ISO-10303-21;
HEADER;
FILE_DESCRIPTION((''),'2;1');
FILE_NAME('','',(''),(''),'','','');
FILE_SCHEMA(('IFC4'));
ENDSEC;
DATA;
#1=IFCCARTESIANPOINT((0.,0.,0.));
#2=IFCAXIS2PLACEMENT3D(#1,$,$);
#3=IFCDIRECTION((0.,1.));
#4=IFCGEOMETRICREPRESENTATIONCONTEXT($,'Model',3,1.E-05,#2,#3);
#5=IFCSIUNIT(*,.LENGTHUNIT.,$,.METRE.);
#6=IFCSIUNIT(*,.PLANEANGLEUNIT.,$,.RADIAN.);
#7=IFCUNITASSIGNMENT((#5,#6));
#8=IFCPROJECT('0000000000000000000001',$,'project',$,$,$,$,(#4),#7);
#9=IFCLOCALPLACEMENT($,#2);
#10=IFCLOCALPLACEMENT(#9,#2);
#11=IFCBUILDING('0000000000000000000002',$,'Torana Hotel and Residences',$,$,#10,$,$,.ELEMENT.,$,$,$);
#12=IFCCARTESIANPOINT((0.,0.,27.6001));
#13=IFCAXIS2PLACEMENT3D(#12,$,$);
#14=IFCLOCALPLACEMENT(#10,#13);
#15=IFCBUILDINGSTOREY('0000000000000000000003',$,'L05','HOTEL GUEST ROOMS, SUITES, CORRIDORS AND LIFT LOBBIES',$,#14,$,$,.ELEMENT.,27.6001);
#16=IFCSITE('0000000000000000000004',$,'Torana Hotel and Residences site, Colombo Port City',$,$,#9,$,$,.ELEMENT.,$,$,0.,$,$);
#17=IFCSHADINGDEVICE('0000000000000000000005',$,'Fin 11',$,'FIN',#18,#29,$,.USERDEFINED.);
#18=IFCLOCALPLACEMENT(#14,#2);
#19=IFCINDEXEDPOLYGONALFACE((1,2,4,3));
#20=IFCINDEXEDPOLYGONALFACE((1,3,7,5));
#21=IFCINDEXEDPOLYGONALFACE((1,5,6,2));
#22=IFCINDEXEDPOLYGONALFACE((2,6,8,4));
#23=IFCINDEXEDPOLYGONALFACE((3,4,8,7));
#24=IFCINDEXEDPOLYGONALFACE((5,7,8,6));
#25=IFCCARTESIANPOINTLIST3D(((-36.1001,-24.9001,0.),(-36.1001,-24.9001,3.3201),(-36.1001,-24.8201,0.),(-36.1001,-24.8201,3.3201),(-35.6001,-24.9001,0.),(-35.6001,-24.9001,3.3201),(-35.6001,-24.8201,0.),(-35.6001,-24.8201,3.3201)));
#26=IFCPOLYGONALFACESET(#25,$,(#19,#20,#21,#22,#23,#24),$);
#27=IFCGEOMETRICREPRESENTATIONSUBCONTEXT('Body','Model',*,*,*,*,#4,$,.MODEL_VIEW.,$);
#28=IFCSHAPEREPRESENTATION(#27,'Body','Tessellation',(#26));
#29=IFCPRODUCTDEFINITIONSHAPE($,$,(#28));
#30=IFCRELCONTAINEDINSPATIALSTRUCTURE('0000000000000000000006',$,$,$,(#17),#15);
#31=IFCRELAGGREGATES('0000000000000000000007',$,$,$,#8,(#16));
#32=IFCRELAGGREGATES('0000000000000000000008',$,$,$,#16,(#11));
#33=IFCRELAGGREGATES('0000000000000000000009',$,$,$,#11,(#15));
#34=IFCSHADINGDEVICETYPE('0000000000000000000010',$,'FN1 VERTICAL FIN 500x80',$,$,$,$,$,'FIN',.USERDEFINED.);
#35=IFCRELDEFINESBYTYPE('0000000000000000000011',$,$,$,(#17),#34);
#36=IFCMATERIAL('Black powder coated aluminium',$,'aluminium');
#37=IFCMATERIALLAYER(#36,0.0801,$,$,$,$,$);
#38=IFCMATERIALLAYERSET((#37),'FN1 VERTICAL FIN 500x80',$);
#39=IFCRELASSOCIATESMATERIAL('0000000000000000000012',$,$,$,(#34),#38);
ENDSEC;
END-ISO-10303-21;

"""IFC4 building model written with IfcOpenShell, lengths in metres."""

from ifc_helpers import new_model, si_unit, direction, frame, origin, origin_2d, place, context, subcontext, project, spatial, rectangle, extrude, material, layer, layer_set, type_object, element, save


model = new_model("IFC4")

# Units and contexts
model_context = context("Model", 3, precision=1e-05, world=origin(), true_north=direction((0.0, 1.0)))
body_context = subcontext(model_context, "Body", "Model", "MODEL_VIEW")
ifc_project = project(units=[si_unit("LENGTHUNIT", "METRE"), si_unit("PLANEANGLEUNIT", "RADIAN")], contexts=[model_context])

# Site, building, storey
site_placement = place(None, origin())
site = spatial("IfcSite", under=ifc_project, at=site_placement, Name="Torana Hotel and Residences site, Colombo Port City", CompositionType="ELEMENT", RefElevation=0.0)
building_placement = place(site_placement, origin())
building = spatial("IfcBuilding", under=site, at=building_placement, Name="Torana Hotel and Residences", CompositionType="ELEMENT")
storey_placement = place(building_placement, frame((0.0, 0.0, 27.6001)))
storey = spatial("IfcBuildingStorey", under=building, at=storey_placement, Name="L05", Description="HOTEL GUEST ROOMS, SUITES, CORRIDORS AND LIFT LOBBIES", CompositionType="ELEMENT", Elevation=27.6001)

# Shading device
ifc_material_1 = material(Name="Black powder coated aluminium", Category="aluminium")
ifc_layer_1 = layer(ifc_material_1, 0.0801)
ifc_layer_set_1 = layer_set([ifc_layer_1], Name="FN1 VERTICAL FIN 500x80")
shading_device_type = type_object("IfcShadingDeviceType", Name="FN1 VERTICAL FIN 500x80", ElementType="FIN", PredefinedType="USERDEFINED", material=ifc_layer_set_1)
shading_device_placement = place(storey_placement, frame((-35.8501, -24.8601, 0.0), z_axis=(0.0, 0.0, 1.0), x_axis=(0.0, 1.0, 0.0)))
element("IfcShadingDevice", 1, at=shading_device_placement, inside=storey, type_object=shading_device_type, Name="Fin 11", ObjectType="FIN", PredefinedType="USERDEFINED", context=body_context, shape_type="SweptSolid", body=[
    extrude(rectangle(XDim=0.0801, YDim=0.5, at=origin_2d()), origin(), (0.0, 0.0, 1.0), 3.3201),
])

save(model, "model.ifc")
